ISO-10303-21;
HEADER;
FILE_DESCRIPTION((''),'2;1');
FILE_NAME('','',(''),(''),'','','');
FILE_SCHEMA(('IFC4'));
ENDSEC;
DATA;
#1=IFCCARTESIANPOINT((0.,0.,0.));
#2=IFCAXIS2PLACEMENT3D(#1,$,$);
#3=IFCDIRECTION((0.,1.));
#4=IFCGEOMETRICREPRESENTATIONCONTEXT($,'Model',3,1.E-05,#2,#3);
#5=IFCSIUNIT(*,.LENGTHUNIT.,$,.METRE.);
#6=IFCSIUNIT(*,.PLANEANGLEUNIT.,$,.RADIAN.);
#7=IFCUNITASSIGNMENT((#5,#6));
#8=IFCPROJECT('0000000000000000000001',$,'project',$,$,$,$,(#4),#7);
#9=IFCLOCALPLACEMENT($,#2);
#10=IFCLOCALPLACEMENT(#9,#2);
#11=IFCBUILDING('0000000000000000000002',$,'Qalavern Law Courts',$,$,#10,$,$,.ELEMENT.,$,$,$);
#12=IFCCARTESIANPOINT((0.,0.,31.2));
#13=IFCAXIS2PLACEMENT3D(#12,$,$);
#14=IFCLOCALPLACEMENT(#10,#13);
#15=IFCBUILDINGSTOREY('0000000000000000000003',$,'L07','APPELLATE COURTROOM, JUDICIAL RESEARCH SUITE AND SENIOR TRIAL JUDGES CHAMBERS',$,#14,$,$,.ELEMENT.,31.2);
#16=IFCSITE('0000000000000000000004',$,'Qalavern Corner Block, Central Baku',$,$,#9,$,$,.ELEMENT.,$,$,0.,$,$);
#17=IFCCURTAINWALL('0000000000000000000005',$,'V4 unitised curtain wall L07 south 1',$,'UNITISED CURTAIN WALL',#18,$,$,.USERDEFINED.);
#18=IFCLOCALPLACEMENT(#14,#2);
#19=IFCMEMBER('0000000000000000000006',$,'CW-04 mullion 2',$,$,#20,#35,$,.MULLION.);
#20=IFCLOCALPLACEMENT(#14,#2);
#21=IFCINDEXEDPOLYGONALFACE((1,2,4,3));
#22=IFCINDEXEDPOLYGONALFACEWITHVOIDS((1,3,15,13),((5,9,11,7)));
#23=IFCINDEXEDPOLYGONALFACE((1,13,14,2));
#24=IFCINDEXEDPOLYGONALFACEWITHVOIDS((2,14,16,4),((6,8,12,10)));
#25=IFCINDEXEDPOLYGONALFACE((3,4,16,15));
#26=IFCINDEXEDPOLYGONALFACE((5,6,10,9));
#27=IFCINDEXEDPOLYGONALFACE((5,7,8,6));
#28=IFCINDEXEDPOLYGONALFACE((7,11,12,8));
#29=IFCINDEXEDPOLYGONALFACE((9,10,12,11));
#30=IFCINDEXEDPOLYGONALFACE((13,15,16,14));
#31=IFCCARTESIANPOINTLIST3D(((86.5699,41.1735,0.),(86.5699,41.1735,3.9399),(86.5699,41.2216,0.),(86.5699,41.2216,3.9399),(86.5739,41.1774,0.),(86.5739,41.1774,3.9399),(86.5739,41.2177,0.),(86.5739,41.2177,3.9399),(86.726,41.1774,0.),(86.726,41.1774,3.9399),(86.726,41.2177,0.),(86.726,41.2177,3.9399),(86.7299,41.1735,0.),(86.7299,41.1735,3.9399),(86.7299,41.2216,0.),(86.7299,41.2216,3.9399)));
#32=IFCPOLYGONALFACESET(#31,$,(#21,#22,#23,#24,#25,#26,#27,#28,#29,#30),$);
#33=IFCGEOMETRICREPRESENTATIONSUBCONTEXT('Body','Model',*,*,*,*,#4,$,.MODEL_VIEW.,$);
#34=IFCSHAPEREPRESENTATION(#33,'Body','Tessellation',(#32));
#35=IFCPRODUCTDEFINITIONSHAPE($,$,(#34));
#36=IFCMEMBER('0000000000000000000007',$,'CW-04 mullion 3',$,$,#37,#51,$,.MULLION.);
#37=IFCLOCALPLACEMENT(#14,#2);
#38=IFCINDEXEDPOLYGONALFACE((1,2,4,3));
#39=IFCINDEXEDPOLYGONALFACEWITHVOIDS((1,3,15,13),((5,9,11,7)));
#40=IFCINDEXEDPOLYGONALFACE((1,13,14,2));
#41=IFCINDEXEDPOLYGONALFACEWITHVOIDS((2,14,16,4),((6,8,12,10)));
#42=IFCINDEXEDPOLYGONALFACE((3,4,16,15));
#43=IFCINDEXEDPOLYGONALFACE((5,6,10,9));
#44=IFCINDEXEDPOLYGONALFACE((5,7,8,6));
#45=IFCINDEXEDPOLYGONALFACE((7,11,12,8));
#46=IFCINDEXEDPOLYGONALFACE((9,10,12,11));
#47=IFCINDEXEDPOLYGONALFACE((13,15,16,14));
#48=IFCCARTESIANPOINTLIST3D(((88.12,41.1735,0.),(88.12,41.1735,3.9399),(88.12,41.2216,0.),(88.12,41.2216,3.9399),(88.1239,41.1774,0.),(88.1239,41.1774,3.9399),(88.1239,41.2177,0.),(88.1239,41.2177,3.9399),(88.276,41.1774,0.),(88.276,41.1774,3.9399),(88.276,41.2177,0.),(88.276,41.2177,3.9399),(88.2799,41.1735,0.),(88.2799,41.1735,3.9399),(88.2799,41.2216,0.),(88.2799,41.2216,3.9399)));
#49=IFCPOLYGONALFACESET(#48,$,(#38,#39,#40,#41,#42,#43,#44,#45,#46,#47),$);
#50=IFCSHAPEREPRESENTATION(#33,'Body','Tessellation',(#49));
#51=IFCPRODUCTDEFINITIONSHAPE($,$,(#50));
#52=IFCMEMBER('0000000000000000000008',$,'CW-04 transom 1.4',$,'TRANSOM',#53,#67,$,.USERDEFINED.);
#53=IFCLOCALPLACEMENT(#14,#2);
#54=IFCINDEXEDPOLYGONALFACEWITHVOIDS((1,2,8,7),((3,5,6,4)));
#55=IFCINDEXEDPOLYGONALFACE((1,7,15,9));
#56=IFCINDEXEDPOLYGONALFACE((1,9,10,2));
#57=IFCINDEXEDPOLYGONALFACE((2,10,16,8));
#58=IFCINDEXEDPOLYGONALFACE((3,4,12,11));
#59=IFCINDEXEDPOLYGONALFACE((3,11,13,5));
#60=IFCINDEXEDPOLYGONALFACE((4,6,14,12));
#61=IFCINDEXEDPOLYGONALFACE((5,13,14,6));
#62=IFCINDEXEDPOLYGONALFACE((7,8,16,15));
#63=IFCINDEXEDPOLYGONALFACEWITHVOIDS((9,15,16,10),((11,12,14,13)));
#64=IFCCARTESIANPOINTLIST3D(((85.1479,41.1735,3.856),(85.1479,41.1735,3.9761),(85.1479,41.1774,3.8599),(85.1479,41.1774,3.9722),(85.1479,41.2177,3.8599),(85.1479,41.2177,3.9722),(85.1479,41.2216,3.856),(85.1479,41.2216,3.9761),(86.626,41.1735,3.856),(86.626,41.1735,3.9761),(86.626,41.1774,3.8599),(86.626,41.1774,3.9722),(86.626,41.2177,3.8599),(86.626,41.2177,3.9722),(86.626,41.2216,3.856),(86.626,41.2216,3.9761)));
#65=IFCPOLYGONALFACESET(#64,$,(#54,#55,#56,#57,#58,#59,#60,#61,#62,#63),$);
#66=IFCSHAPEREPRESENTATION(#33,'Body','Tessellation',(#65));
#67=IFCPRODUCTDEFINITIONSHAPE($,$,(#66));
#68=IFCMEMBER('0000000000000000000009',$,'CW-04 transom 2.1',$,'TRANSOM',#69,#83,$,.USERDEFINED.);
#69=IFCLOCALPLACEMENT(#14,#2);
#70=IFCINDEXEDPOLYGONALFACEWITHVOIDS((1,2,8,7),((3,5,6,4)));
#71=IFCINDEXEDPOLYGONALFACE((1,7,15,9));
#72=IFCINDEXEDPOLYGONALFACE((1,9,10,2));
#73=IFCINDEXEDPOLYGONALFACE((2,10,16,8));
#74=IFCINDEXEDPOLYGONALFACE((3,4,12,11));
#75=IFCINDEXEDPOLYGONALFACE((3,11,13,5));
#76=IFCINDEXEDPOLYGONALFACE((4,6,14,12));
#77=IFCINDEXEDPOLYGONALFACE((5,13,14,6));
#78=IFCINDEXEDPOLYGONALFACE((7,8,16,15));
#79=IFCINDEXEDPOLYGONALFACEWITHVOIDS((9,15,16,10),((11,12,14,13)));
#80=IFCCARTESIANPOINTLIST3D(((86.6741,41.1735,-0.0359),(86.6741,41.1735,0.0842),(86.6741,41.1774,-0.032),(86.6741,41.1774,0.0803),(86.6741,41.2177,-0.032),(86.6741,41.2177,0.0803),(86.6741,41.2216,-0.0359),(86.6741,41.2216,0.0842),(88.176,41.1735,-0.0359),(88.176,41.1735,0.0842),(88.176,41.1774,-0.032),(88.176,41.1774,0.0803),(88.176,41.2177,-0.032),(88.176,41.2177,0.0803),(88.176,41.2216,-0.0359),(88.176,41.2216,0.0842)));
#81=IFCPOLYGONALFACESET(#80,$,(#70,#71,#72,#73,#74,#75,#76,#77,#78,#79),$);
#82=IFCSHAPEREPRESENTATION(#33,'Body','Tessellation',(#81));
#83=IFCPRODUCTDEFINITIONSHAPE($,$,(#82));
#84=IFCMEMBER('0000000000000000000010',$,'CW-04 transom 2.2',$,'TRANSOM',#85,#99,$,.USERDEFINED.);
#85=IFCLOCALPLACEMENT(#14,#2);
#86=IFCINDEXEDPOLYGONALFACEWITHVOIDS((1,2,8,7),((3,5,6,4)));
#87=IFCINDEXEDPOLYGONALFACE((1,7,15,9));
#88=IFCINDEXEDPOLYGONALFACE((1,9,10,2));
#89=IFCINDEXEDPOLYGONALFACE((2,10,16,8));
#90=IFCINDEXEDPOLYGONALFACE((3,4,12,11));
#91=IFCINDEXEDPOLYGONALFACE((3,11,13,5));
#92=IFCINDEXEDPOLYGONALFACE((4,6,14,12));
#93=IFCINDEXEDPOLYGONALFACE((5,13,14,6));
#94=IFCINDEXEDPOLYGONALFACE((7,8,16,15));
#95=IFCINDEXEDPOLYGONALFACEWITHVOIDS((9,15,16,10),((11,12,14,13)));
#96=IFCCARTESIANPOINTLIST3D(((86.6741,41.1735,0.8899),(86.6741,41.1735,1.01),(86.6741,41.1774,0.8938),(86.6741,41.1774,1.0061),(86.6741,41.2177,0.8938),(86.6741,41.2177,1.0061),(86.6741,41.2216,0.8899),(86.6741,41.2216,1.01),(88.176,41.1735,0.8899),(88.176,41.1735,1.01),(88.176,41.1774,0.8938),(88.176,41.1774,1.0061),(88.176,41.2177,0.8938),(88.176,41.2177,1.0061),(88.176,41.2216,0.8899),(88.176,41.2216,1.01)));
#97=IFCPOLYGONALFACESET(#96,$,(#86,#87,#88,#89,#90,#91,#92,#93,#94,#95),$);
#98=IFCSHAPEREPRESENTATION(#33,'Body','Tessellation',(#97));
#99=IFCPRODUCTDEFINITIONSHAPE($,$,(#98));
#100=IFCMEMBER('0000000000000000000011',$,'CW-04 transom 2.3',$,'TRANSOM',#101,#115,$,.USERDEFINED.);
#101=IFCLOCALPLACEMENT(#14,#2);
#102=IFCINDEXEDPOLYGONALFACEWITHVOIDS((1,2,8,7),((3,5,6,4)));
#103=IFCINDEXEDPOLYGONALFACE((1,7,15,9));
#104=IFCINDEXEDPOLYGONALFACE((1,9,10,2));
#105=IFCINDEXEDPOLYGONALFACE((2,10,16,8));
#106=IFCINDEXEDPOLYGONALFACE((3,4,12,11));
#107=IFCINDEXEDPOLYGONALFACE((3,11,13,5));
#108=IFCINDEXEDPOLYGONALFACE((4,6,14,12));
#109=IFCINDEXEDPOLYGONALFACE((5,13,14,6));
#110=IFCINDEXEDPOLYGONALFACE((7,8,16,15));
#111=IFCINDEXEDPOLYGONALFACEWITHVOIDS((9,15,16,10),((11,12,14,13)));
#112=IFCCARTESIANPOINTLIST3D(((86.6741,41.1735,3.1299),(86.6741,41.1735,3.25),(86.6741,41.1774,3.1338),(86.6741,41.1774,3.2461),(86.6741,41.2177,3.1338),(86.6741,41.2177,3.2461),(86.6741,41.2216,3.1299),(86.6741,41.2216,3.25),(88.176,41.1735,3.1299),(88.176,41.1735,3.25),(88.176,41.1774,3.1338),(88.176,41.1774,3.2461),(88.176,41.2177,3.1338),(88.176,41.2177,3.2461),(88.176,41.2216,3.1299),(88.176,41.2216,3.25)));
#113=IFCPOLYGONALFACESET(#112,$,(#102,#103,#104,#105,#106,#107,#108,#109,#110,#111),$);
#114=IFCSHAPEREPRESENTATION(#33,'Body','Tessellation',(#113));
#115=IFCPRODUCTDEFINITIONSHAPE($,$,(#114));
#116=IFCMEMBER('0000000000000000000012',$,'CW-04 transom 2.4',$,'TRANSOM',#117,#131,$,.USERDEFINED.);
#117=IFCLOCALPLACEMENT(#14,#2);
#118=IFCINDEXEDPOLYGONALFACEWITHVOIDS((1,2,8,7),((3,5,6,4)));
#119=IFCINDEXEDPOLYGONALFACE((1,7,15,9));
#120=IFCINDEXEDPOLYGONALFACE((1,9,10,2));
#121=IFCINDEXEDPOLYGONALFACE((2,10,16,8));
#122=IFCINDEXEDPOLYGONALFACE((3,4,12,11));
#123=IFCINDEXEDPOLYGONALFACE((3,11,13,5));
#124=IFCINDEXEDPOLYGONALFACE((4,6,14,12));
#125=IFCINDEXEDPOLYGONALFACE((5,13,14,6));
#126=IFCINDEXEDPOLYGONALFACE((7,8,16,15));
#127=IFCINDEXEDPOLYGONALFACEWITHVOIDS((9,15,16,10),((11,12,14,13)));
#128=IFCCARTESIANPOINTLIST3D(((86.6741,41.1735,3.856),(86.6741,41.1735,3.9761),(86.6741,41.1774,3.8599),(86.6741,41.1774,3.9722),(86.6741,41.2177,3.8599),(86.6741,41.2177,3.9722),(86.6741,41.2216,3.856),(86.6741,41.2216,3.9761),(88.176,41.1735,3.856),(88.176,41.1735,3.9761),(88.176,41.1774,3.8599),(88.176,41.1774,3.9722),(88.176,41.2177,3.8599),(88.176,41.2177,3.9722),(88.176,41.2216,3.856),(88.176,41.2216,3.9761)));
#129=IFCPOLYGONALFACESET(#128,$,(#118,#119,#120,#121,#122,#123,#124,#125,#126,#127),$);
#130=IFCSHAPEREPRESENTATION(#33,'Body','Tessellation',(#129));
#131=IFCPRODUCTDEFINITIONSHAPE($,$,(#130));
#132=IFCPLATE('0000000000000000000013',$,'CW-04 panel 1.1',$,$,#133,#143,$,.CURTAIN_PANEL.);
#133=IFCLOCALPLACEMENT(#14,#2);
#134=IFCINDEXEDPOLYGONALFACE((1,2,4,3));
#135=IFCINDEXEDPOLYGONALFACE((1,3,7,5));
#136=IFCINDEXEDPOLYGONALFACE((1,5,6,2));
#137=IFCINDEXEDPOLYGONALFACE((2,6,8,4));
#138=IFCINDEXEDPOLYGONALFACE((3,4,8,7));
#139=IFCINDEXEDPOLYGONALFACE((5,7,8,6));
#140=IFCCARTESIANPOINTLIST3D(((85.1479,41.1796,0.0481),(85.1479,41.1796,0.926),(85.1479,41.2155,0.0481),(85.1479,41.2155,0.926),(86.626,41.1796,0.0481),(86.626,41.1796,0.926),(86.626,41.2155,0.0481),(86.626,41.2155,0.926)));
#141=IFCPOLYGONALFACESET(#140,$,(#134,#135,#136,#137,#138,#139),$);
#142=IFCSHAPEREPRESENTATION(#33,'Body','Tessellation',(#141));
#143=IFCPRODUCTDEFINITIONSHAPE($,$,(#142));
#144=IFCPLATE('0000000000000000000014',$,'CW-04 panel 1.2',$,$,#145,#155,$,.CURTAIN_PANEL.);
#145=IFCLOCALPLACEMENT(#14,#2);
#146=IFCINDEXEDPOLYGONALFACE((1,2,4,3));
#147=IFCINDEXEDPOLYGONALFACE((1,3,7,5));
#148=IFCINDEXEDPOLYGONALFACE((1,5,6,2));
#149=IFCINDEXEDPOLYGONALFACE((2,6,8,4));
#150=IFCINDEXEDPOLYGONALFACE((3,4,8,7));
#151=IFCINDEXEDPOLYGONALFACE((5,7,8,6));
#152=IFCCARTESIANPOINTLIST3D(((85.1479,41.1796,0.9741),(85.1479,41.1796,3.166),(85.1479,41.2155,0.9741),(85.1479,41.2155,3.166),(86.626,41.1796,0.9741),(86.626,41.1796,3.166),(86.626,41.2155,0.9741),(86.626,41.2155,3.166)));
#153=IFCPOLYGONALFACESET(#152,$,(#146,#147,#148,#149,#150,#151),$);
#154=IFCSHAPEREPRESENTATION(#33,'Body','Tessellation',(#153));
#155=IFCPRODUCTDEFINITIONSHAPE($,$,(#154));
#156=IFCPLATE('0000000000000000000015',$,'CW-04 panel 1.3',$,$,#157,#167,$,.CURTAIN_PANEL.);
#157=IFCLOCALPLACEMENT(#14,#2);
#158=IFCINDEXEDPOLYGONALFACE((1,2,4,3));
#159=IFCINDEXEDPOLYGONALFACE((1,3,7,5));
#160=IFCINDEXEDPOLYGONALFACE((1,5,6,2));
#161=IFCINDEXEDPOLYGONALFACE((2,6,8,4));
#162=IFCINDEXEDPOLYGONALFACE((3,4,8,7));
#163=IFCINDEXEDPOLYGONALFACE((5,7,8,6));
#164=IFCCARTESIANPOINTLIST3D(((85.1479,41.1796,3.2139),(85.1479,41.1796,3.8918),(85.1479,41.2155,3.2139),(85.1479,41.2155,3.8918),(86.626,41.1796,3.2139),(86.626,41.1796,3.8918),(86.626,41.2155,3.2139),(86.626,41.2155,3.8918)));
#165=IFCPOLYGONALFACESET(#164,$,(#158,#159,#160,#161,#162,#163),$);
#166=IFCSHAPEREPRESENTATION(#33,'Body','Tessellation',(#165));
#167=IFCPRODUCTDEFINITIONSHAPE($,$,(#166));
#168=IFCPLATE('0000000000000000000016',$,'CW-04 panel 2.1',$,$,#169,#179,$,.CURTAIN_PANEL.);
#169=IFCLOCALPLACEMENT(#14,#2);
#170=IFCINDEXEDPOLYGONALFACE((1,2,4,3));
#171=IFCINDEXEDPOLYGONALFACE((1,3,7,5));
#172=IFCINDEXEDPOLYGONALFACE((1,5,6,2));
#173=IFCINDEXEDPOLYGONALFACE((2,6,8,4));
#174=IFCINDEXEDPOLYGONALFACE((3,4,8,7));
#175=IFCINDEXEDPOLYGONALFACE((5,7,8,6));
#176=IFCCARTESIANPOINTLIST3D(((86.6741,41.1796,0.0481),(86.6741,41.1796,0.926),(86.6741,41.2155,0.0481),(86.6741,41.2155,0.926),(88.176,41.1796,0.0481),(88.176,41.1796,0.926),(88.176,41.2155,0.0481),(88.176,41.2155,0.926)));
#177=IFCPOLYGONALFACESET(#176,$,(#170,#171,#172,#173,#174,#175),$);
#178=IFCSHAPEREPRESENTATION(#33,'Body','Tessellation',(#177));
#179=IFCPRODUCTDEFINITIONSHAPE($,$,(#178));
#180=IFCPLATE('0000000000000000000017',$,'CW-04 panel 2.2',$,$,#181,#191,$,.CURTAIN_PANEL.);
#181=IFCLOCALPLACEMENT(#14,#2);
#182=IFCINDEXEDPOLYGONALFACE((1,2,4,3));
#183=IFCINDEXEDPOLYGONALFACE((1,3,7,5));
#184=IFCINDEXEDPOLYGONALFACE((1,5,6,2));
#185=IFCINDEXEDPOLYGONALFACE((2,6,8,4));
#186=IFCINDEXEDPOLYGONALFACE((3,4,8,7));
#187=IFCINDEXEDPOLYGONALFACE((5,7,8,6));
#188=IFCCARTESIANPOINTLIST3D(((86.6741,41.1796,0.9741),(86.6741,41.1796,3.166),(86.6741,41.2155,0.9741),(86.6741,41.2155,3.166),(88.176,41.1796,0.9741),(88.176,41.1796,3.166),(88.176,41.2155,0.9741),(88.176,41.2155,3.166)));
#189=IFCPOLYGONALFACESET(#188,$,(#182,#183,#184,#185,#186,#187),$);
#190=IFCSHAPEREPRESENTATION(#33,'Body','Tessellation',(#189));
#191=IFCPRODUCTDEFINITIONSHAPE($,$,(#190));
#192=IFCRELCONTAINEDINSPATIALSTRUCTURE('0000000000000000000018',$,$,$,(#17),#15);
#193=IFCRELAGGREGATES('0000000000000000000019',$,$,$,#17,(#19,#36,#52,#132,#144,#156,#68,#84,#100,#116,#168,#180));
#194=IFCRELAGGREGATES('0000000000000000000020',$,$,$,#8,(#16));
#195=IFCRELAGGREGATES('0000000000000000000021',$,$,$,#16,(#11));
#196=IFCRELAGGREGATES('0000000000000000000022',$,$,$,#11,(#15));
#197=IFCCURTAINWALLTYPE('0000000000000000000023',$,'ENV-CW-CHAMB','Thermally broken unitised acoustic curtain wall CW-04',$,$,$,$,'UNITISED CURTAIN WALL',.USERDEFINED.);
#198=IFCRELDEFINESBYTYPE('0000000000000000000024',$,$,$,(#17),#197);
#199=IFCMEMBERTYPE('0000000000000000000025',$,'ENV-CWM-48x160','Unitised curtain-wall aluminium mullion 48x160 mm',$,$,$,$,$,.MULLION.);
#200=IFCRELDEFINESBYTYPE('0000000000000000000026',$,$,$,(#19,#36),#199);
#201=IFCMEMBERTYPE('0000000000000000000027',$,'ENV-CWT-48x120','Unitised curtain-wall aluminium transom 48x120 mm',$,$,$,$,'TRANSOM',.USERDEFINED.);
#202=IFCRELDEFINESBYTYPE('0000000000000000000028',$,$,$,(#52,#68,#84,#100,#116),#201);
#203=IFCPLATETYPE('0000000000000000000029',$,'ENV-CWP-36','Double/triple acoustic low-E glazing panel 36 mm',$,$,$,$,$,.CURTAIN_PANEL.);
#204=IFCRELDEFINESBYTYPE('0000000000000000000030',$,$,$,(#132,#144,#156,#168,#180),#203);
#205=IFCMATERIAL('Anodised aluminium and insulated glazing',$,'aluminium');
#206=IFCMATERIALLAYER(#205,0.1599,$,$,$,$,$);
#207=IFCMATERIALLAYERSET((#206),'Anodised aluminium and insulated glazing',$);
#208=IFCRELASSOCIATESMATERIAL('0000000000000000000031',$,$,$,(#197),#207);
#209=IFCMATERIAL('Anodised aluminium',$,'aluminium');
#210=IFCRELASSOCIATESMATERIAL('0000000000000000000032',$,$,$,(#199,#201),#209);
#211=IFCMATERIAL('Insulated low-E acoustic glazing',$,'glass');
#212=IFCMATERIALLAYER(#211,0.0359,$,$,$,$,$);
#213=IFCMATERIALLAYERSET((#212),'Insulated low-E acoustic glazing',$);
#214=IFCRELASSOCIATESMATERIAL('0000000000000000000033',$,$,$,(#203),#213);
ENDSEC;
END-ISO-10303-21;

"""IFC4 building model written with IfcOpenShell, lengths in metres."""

from ifc_helpers import new_model, si_unit, direction, frame, origin, origin_2d, place, context, subcontext, project, spatial, rectangle, hollow_rectangle, extrude, material, layer, layer_set, material_profile, profile_set, type_object, element, aggregate, save


model = new_model("IFC4")

# Units and contexts
model_context = context("Model", 3, precision=1e-05, world=origin(), true_north=direction((0.0, 1.0)))
body_context = subcontext(model_context, "Body", "Model", "MODEL_VIEW")
ifc_project = project(units=[si_unit("LENGTHUNIT", "METRE"), si_unit("PLANEANGLEUNIT", "RADIAN")], contexts=[model_context])

# Site, building, storey
site_placement = place(None, origin())
site = spatial("IfcSite", under=ifc_project, at=site_placement, Name="Qalavern Corner Block, Central Baku", CompositionType="ELEMENT", RefElevation=0.0)
building_placement = place(site_placement, origin())
building = spatial("IfcBuilding", under=site, at=building_placement, Name="Qalavern Law Courts", CompositionType="ELEMENT")
storey_placement = place(building_placement, frame((0.0, 0.0, 31.2)))
storey = spatial("IfcBuildingStorey", under=building, at=storey_placement, Name="L07", Description="APPELLATE COURTROOM, JUDICIAL RESEARCH SUITE AND SENIOR TRIAL JUDGES CHAMBERS", CompositionType="ELEMENT", Elevation=31.2)

# Curtain wall, members, plates
ifc_material_1 = material(Name="Anodised aluminium and insulated glazing", Category="aluminium")
ifc_layer_1 = layer(ifc_material_1, 0.1599)
ifc_layer_set_1 = layer_set([ifc_layer_1], Name="Anodised aluminium and insulated glazing")
curtain_wall_type = type_object("IfcCurtainWallType", Name="ENV-CW-CHAMB", Description="Thermally broken unitised acoustic curtain wall CW-04", ElementType="UNITISED CURTAIN WALL", PredefinedType="USERDEFINED", material=ifc_layer_set_1)
curtain_wall_placement = place(storey_placement, origin())
curtain_wall = element("IfcCurtainWall", 1, at=curtain_wall_placement, inside=storey, type_object=curtain_wall_type, Name="V4 unitised curtain wall L07 south 1", ObjectType="UNITISED CURTAIN WALL", PredefinedType="USERDEFINED")
ifc_material_2 = material(Name="Anodised aluminium", Category="aluminium")
ifc_material_profile_1 = material_profile(ifc_material_2, hollow_rectangle(XDim=0.0481, YDim=0.1599, WallThickness=0.0039, at=origin_2d()), Name="ALU MULLION 48x160")
ifc_profile_set_1 = profile_set([ifc_material_profile_1], Name="Anodised aluminium")
member_type_1 = type_object("IfcMemberType", Name="ENV-CWM-48x160", Description="Unitised curtain-wall aluminium mullion 48x160 mm", PredefinedType="MULLION", material=ifc_profile_set_1)
member_1_placement = place(storey_placement, frame((86.6499, 41.1975, 0.0), z_axis=(0.0, 0.0, 1.0), x_axis=(0.0, 1.0, 0.0)))
member_1 = element("IfcMember", 2, at=member_1_placement, type_object=member_type_1, Name="CW-04 mullion 2", PredefinedType="MULLION", context=body_context, shape_type="SweptSolid", body=[
    extrude(hollow_rectangle(XDim=0.0481, YDim=0.1599, WallThickness=0.0039, at=origin_2d()), origin(), (0.0, 0.0, 1.0), 3.9399),
])
member_2_placement = place(storey_placement, frame((88.2, 41.1975, 0.0), z_axis=(0.0, 0.0, 1.0), x_axis=(0.0, 1.0, 0.0)))
member_2 = element("IfcMember", 3, at=member_2_placement, type_object=member_type_1, Name="CW-04 mullion 3", PredefinedType="MULLION", context=body_context, shape_type="SweptSolid", body=[
    extrude(hollow_rectangle(XDim=0.0481, YDim=0.1599, WallThickness=0.0039, at=origin_2d()), origin(), (0.0, 0.0, 1.0), 3.9399),
])
ifc_material_profile_2 = material_profile(ifc_material_2, hollow_rectangle(XDim=0.0481, YDim=0.1201, WallThickness=0.0039, at=origin_2d()), Name="ALU TRANSOM 48x120")
ifc_profile_set_2 = profile_set([ifc_material_profile_2], Name="Anodised aluminium")
member_type_2 = type_object("IfcMemberType", Name="ENV-CWT-48x120", Description="Unitised curtain-wall aluminium transom 48x120 mm", ElementType="TRANSOM", PredefinedType="USERDEFINED", material=ifc_profile_set_2)
member_3_placement = place(storey_placement, frame((85.1479, 41.1975, 3.916), z_axis=(1.0, 0.0, 0.0), x_axis=(0.0, 1.0, 0.0)))
member_3 = element("IfcMember", 4, at=member_3_placement, type_object=member_type_2, Name="CW-04 transom 1.4", ObjectType="TRANSOM", PredefinedType="USERDEFINED", context=body_context, shape_type="SweptSolid", body=[
    extrude(hollow_rectangle(XDim=0.0481, YDim=0.1201, WallThickness=0.0039, at=origin_2d()), origin(), (0.0, 0.0, 1.0), 1.478),
])
member_4_placement = place(storey_placement, frame((86.6741, 41.1975, 0.0242), z_axis=(1.0, 0.0, 0.0), x_axis=(0.0, 1.0, 0.0)))
member_4 = element("IfcMember", 5, at=member_4_placement, type_object=member_type_2, Name="CW-04 transom 2.1", ObjectType="TRANSOM", PredefinedType="USERDEFINED", context=body_context, shape_type="SweptSolid", body=[
    extrude(hollow_rectangle(XDim=0.0481, YDim=0.1201, WallThickness=0.0039, at=origin_2d()), origin(), (0.0, 0.0, 1.0), 1.502),
])
member_5_placement = place(storey_placement, frame((86.6741, 41.1975, 0.95), z_axis=(1.0, 0.0, 0.0), x_axis=(0.0, 1.0, 0.0)))
member_5 = element("IfcMember", 6, at=member_5_placement, type_object=member_type_2, Name="CW-04 transom 2.2", ObjectType="TRANSOM", PredefinedType="USERDEFINED", context=body_context, shape_type="SweptSolid", body=[
    extrude(hollow_rectangle(XDim=0.0481, YDim=0.1201, WallThickness=0.0039, at=origin_2d()), origin(), (0.0, 0.0, 1.0), 1.502),
])
member_6_placement = place(storey_placement, frame((86.6741, 41.1975, 3.1899), z_axis=(1.0, 0.0, 0.0), x_axis=(0.0, 1.0, 0.0)))
member_6 = element("IfcMember", 7, at=member_6_placement, type_object=member_type_2, Name="CW-04 transom 2.3", ObjectType="TRANSOM", PredefinedType="USERDEFINED", context=body_context, shape_type="SweptSolid", body=[
    extrude(hollow_rectangle(XDim=0.0481, YDim=0.1201, WallThickness=0.0039, at=origin_2d()), origin(), (0.0, 0.0, 1.0), 1.502),
])
member_7_placement = place(storey_placement, frame((86.6741, 41.1975, 3.916), z_axis=(1.0, 0.0, 0.0), x_axis=(0.0, 1.0, 0.0)))
member_7 = element("IfcMember", 8, at=member_7_placement, type_object=member_type_2, Name="CW-04 transom 2.4", ObjectType="TRANSOM", PredefinedType="USERDEFINED", context=body_context, shape_type="SweptSolid", body=[
    extrude(hollow_rectangle(XDim=0.0481, YDim=0.1201, WallThickness=0.0039, at=origin_2d()), origin(), (0.0, 0.0, 1.0), 1.502),
])
ifc_material_3 = material(Name="Insulated low-E acoustic glazing", Category="glass")
ifc_layer_2 = layer(ifc_material_3, 0.0359)
ifc_layer_set_2 = layer_set([ifc_layer_2], Name="Insulated low-E acoustic glazing")
plate_type = type_object("IfcPlateType", Name="ENV-CWP-36", Description="Double/triple acoustic low-E glazing panel 36 mm", PredefinedType="CURTAIN_PANEL", material=ifc_layer_set_2)
plate_1_placement = place(storey_placement, frame((85.887, 41.1975, 0.0481), z_axis=(0.0, 0.0, 1.0), x_axis=(1.0, 0.0, 0.0)))
plate_1 = element("IfcPlate", 9, at=plate_1_placement, type_object=plate_type, Name="CW-04 panel 1.1", PredefinedType="CURTAIN_PANEL", context=body_context, shape_type="SweptSolid", body=[
    extrude(rectangle(XDim=1.478, YDim=0.0359, at=origin_2d()), origin(), (0.0, 0.0, 1.0), 0.8779),
])
plate_2_placement = place(storey_placement, frame((85.887, 41.1975, 0.9741), z_axis=(0.0, 0.0, 1.0), x_axis=(1.0, 0.0, 0.0)))
plate_2 = element("IfcPlate", 10, at=plate_2_placement, type_object=plate_type, Name="CW-04 panel 1.2", PredefinedType="CURTAIN_PANEL", context=body_context, shape_type="SweptSolid", body=[
    extrude(rectangle(XDim=1.478, YDim=0.0359, at=origin_2d()), origin(), (0.0, 0.0, 1.0), 2.1919),
])
plate_3_placement = place(storey_placement, frame((85.887, 41.1975, 3.2139), z_axis=(0.0, 0.0, 1.0), x_axis=(1.0, 0.0, 0.0)))
plate_3 = element("IfcPlate", 11, at=plate_3_placement, type_object=plate_type, Name="CW-04 panel 1.3", PredefinedType="CURTAIN_PANEL", context=body_context, shape_type="SweptSolid", body=[
    extrude(rectangle(XDim=1.478, YDim=0.0359, at=origin_2d()), origin(), (0.0, 0.0, 1.0), 0.678),
])
plate_4_placement = place(storey_placement, frame((87.425, 41.1975, 0.0481), z_axis=(0.0, 0.0, 1.0), x_axis=(1.0, 0.0, 0.0)))
plate_4 = element("IfcPlate", 12, at=plate_4_placement, type_object=plate_type, Name="CW-04 panel 2.1", PredefinedType="CURTAIN_PANEL", context=body_context, shape_type="SweptSolid", body=[
    extrude(rectangle(XDim=1.502, YDim=0.0359, at=origin_2d()), origin(), (0.0, 0.0, 1.0), 0.8779),
])
plate_5_placement = place(storey_placement, frame((87.425, 41.1975, 0.9741), z_axis=(0.0, 0.0, 1.0), x_axis=(1.0, 0.0, 0.0)))
plate_5 = element("IfcPlate", 13, at=plate_5_placement, type_object=plate_type, Name="CW-04 panel 2.2", PredefinedType="CURTAIN_PANEL", context=body_context, shape_type="SweptSolid", body=[
    extrude(rectangle(XDim=1.502, YDim=0.0359, at=origin_2d()), origin(), (0.0, 0.0, 1.0), 2.1919),
])
aggregate(curtain_wall, [member_1, member_2, member_3, plate_1, plate_2, plate_3, member_4, member_5, member_6, member_7, plate_4, plate_5])

save(model, "model.ifc")
